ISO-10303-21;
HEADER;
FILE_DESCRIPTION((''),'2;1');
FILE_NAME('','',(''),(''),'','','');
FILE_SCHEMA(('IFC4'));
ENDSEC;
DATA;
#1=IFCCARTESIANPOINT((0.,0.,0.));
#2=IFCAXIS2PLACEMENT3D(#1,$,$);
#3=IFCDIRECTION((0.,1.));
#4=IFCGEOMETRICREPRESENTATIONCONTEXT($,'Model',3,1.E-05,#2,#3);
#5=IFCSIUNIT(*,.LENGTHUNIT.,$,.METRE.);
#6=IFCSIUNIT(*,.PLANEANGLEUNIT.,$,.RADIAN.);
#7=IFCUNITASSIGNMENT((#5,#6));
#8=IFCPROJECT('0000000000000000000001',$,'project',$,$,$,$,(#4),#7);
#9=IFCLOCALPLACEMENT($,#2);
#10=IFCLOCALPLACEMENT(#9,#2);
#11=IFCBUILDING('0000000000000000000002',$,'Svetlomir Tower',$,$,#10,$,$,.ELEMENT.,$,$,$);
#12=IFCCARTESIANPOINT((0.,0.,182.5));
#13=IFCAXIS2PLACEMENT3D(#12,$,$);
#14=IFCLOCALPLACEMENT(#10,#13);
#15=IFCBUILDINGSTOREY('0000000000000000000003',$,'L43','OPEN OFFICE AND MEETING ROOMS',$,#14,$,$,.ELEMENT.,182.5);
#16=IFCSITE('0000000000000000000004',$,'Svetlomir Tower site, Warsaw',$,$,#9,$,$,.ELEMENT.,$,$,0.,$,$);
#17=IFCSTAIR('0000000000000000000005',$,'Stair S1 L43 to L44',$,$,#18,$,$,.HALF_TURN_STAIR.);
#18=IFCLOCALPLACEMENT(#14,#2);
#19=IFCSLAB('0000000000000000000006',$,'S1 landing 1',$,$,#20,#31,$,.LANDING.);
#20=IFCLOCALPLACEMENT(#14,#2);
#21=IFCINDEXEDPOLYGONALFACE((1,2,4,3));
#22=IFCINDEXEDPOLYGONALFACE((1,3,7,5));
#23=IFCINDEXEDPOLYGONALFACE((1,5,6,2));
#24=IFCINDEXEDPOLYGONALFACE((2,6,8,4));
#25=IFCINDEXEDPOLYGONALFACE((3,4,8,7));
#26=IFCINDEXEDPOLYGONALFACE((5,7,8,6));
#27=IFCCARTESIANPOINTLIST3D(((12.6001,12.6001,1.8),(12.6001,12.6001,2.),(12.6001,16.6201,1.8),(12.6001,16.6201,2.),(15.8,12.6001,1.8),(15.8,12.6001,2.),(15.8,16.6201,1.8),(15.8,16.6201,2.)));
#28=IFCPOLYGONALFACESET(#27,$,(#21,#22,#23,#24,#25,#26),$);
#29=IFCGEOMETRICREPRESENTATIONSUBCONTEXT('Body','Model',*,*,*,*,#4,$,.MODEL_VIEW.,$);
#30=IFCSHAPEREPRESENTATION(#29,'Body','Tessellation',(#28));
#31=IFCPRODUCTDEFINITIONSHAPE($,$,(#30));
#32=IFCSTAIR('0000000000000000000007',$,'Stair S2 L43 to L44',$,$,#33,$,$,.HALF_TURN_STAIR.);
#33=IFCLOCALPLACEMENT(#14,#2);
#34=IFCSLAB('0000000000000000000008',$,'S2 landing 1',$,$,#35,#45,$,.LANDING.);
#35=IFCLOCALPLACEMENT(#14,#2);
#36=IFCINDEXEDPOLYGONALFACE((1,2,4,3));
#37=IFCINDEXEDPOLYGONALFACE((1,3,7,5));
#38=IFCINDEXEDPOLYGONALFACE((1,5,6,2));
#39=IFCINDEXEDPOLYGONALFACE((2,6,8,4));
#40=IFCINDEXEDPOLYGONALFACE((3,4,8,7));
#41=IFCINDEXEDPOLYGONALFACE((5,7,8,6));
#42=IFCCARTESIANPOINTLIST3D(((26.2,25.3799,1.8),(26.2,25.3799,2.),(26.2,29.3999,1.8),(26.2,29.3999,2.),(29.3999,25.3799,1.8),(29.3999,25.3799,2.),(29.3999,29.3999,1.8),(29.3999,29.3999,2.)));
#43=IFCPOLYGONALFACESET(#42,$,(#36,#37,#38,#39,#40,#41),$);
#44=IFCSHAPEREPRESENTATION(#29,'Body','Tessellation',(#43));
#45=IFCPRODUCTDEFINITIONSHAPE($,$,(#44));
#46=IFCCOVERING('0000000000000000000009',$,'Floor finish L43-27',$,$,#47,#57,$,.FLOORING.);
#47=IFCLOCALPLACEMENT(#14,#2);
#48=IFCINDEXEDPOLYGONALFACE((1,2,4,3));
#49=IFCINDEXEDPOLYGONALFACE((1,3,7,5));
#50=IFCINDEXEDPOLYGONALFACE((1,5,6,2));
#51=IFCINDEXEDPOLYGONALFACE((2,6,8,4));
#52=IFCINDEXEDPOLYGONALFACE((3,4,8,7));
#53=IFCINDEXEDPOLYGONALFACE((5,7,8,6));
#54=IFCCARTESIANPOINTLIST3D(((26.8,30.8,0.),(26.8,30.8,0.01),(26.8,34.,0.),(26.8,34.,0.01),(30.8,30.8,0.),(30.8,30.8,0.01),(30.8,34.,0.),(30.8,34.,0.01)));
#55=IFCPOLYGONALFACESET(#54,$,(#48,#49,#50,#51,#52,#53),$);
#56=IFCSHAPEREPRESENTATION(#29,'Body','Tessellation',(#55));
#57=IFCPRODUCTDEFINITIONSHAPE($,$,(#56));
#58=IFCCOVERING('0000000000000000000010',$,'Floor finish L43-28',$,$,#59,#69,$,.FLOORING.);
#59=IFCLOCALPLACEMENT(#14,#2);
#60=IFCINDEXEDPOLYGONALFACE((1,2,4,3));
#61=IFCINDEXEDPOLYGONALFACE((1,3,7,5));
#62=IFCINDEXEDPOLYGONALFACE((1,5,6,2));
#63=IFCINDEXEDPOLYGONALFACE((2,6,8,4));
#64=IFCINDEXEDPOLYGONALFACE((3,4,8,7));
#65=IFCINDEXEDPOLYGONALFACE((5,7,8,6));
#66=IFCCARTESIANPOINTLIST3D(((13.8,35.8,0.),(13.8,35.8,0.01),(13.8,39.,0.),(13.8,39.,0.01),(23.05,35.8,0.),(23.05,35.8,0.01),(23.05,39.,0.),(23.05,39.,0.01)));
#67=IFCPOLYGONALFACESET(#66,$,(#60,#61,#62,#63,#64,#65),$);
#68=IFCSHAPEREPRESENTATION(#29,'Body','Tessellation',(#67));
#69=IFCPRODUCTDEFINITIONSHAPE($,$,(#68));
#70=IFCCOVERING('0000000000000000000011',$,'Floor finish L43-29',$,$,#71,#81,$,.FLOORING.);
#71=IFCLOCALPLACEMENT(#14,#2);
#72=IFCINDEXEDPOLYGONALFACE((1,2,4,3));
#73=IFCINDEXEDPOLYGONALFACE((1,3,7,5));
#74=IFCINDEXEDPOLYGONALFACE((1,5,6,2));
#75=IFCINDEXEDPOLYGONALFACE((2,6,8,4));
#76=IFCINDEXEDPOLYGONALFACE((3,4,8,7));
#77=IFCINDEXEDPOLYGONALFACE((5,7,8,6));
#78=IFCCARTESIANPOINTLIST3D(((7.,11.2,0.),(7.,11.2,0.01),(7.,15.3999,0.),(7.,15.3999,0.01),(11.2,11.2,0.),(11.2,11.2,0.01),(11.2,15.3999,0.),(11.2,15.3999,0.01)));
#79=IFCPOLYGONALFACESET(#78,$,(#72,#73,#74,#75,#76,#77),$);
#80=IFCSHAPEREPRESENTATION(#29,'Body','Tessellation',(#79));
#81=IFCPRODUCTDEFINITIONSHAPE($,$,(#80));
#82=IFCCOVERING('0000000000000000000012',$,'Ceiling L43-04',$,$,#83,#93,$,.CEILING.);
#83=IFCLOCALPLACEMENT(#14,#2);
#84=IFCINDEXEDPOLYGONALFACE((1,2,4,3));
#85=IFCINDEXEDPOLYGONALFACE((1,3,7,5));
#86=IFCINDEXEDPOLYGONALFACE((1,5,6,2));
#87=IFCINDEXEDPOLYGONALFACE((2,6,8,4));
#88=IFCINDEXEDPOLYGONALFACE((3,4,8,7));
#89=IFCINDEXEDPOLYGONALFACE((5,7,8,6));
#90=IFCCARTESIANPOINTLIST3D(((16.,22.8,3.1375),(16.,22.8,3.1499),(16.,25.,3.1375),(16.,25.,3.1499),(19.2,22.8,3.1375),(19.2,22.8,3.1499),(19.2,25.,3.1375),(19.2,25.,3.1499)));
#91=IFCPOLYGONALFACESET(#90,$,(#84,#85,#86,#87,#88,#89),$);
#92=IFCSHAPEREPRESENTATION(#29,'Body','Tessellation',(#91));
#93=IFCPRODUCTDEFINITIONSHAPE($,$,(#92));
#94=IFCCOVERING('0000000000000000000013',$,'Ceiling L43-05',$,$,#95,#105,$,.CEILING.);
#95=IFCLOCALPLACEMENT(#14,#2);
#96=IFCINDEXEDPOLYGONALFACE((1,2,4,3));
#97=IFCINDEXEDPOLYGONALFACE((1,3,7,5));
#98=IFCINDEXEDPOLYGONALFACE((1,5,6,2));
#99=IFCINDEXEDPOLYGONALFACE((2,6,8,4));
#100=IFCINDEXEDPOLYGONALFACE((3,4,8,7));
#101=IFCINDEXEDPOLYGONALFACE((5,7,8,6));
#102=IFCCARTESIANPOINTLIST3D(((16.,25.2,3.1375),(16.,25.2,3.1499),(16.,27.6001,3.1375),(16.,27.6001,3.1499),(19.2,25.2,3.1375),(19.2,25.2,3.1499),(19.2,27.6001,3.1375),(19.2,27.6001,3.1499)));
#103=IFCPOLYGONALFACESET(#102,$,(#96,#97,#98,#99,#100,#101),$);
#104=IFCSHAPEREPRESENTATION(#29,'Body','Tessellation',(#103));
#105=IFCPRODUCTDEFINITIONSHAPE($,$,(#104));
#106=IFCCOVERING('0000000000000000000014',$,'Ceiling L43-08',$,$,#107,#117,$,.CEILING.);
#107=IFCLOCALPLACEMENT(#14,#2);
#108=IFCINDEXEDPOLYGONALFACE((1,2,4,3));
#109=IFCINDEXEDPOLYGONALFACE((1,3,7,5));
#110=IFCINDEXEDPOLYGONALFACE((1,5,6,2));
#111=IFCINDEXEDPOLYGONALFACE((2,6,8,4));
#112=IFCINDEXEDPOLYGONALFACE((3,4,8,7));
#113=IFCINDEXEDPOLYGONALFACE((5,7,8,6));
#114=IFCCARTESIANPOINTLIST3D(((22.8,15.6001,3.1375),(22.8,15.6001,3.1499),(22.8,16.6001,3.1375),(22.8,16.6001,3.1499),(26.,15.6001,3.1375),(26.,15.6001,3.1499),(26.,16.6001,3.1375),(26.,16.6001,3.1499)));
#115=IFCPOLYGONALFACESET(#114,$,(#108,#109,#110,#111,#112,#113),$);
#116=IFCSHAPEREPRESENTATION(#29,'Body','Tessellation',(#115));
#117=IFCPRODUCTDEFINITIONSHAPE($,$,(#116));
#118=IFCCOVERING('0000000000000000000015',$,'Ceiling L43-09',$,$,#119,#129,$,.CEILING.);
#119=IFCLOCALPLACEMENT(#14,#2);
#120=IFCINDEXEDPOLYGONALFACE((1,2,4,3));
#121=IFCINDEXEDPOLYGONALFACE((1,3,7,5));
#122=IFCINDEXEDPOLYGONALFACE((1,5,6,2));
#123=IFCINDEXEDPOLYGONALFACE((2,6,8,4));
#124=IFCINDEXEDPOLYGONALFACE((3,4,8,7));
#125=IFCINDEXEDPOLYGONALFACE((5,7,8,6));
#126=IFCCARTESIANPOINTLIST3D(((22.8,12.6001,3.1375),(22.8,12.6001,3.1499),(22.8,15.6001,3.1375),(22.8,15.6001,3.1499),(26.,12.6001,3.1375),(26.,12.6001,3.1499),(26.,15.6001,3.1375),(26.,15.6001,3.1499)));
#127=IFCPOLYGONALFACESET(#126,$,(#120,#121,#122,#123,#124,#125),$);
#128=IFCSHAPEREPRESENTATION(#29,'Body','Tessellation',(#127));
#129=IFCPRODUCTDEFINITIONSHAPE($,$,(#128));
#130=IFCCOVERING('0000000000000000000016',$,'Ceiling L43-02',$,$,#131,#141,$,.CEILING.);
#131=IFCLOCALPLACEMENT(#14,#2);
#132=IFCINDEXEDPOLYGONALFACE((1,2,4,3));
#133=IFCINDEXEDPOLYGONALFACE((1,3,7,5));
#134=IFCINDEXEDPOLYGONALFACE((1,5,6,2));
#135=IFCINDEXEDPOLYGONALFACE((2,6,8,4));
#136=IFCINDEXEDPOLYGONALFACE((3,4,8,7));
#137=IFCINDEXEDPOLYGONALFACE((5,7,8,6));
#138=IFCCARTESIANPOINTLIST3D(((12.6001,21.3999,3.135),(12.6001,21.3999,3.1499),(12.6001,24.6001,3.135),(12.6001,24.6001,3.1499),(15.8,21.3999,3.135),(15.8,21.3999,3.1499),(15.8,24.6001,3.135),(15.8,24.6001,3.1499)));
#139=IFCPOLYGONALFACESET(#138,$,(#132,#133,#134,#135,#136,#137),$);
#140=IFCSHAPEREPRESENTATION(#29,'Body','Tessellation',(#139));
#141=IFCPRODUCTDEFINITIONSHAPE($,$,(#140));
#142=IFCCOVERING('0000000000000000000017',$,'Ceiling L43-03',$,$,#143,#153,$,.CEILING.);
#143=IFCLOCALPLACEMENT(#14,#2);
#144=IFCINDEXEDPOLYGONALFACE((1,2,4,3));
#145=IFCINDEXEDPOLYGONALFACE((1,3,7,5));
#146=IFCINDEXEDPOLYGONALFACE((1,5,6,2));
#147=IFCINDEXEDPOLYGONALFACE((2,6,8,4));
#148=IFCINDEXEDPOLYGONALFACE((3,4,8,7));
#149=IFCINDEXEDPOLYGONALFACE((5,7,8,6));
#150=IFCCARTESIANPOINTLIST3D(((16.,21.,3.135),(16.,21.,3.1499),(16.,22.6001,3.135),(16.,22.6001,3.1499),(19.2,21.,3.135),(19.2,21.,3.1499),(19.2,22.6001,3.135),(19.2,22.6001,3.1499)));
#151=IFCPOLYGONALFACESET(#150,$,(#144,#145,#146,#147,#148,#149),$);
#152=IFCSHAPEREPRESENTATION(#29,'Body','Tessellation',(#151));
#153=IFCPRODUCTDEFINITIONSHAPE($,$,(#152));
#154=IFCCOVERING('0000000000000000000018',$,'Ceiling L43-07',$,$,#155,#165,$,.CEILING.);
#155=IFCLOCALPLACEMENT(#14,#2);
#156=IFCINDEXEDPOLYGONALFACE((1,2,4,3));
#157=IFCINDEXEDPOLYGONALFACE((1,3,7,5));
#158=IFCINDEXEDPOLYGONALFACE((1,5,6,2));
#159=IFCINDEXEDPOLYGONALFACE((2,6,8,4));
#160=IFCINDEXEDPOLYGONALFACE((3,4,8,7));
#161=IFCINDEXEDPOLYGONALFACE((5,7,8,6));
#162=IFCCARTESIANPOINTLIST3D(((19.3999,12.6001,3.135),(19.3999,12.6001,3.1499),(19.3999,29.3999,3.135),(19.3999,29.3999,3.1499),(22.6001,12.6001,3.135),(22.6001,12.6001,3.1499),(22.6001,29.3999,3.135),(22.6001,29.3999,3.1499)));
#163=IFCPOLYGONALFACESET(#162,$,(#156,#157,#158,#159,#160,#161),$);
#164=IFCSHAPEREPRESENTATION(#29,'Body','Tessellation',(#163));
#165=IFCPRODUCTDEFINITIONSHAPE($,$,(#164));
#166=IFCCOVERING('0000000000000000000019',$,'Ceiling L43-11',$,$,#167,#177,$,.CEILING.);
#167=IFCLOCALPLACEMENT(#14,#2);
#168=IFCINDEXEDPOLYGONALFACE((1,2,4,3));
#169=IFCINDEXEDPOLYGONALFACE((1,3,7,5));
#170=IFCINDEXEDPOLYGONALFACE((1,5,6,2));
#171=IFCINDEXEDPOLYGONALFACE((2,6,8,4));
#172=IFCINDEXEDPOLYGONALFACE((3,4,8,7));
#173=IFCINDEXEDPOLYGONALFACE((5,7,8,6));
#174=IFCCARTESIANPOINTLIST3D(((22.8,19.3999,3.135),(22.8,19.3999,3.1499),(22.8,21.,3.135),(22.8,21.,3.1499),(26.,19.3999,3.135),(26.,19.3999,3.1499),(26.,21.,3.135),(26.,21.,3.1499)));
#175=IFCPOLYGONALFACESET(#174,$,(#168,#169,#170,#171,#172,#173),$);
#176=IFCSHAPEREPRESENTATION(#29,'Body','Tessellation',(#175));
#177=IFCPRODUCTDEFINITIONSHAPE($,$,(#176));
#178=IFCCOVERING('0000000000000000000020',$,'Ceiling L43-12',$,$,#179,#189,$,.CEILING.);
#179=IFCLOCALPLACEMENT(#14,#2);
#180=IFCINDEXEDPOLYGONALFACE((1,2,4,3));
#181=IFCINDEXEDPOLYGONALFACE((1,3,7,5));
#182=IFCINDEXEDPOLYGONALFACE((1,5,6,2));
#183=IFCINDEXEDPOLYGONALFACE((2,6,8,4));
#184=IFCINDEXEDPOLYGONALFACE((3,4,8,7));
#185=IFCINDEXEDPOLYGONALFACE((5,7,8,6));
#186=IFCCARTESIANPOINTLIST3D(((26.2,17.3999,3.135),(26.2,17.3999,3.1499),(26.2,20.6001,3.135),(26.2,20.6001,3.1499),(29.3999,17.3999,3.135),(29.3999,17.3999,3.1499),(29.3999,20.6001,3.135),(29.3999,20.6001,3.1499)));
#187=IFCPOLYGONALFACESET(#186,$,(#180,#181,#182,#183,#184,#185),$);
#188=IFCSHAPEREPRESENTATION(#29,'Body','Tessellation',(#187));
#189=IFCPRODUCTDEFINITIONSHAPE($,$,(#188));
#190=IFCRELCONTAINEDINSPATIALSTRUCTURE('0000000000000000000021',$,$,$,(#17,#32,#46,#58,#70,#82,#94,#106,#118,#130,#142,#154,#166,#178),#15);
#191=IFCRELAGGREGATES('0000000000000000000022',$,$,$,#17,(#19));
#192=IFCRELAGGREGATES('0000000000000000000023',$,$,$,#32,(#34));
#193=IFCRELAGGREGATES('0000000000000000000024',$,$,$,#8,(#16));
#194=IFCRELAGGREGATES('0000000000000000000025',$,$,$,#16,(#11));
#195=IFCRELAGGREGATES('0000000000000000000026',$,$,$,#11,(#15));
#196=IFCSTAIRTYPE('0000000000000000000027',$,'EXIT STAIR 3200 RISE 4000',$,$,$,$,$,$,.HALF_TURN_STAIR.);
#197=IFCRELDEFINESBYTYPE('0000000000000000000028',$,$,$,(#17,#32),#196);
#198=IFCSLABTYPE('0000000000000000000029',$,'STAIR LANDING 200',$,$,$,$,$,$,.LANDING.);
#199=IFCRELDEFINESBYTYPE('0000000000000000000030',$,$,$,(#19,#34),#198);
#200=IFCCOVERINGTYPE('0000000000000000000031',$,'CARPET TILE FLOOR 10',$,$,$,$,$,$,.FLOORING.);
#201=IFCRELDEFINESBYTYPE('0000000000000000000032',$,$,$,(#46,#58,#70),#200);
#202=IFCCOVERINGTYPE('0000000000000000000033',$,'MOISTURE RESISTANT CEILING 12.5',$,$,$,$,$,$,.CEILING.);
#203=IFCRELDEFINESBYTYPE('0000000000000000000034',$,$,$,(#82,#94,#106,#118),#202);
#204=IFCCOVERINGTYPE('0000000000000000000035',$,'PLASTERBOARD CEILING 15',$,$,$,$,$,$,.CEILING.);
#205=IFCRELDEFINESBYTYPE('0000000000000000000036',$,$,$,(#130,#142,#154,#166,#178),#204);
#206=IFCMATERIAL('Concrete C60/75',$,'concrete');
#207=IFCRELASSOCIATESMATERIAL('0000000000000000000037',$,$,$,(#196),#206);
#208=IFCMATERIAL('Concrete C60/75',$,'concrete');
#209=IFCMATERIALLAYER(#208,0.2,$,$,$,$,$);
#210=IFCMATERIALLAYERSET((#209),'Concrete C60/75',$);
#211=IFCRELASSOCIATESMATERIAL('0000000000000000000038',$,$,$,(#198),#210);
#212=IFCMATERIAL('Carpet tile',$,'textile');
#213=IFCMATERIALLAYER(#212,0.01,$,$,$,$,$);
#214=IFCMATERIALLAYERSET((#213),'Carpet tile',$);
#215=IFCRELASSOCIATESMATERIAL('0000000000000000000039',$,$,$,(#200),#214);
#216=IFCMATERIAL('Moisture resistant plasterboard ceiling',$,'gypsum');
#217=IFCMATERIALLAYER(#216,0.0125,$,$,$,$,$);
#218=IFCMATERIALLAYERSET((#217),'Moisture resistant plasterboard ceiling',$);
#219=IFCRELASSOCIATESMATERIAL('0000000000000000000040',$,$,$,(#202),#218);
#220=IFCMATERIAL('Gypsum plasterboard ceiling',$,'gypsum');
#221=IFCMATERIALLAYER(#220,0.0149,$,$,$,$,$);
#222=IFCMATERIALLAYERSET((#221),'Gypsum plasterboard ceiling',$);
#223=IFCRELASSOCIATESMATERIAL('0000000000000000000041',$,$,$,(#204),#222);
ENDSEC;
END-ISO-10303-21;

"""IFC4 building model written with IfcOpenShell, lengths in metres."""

from ifc_helpers import new_model, si_unit, direction, frame, origin, place, context, subcontext, project, spatial, polyline, outline, extrude, material, layer, layer_set, type_object, element, aggregate, save


model = new_model("IFC4")

# Units and contexts
model_context = context("Model", 3, precision=1e-05, world=origin(), true_north=direction((0.0, 1.0)))
body_context = subcontext(model_context, "Body", "Model", "MODEL_VIEW")
ifc_project = project(units=[si_unit("LENGTHUNIT", "METRE"), si_unit("PLANEANGLEUNIT", "RADIAN")], contexts=[model_context])

# Site, building, storey
site_placement = place(None, origin())
site = spatial("IfcSite", under=ifc_project, at=site_placement, Name="Svetlomir Tower site, Warsaw", CompositionType="ELEMENT", RefElevation=0.0)
building_placement = place(site_placement, origin())
building = spatial("IfcBuilding", under=site, at=building_placement, Name="Svetlomir Tower", CompositionType="ELEMENT")
storey_placement = place(building_placement, frame((0.0, 0.0, 182.5)))
storey = spatial("IfcBuildingStorey", under=building, at=storey_placement, Name="L43", Description="OPEN OFFICE AND MEETING ROOMS", CompositionType="ELEMENT", Elevation=182.5)

# Stairs, slabs
ifc_material_1 = material(Name="Concrete C60/75", Category="concrete")
stair_type = type_object("IfcStairType", Name="EXIT STAIR 3200 RISE 4000", PredefinedType="HALF_TURN_STAIR", material=ifc_material_1)
stair_1_placement = place(storey_placement, origin())
stair_1 = element("IfcStair", 1, at=stair_1_placement, inside=storey, type_object=stair_type, Name="Stair S1 L43 to L44", PredefinedType="HALF_TURN_STAIR")
ifc_material_2 = material(Name="Concrete C60/75", Category="concrete")
ifc_layer_1 = layer(ifc_material_2, 0.2)
ifc_layer_set_1 = layer_set([ifc_layer_1], Name="Concrete C60/75")
slab_type = type_object("IfcSlabType", Name="STAIR LANDING 200", PredefinedType="LANDING", material=ifc_layer_set_1)
slab_1_placement = place(storey_placement, frame((0.0, 0.0, 1.8)))
slab_1 = element("IfcSlab", 2, at=slab_1_placement, type_object=slab_type, Name="S1 landing 1", PredefinedType="LANDING", context=body_context, shape_type="SweptSolid", body=[
    extrude(outline(polyline([(12.6001, 12.6001), (15.8, 12.6001), (15.8, 16.6201), (12.6001, 16.6201), (12.6001, 12.6001)])), origin(), (0.0, 0.0, 1.0), 0.2),
])
aggregate(stair_1, [slab_1])
stair_2_placement = place(storey_placement, origin())
stair_2 = element("IfcStair", 3, at=stair_2_placement, inside=storey, type_object=stair_type, Name="Stair S2 L43 to L44", PredefinedType="HALF_TURN_STAIR")
slab_2_placement = place(storey_placement, frame((0.0, 0.0, 1.8)))
slab_2 = element("IfcSlab", 4, at=slab_2_placement, type_object=slab_type, Name="S2 landing 1", PredefinedType="LANDING", context=body_context, shape_type="SweptSolid", body=[
    extrude(outline(polyline([(26.2, 25.3799), (29.3999, 25.3799), (29.3999, 29.3999), (26.2, 29.3999), (26.2, 25.3799)])), origin(), (0.0, 0.0, 1.0), 0.2),
])
aggregate(stair_2, [slab_2])

# Coverings
ifc_material_3 = material(Name="Carpet tile", Category="textile")
ifc_layer_2 = layer(ifc_material_3, 0.01)
ifc_layer_set_2 = layer_set([ifc_layer_2], Name="Carpet tile")
covering_type_1 = type_object("IfcCoveringType", Name="CARPET TILE FLOOR 10", PredefinedType="FLOORING", material=ifc_layer_set_2)
covering_1_placement = place(storey_placement, origin())
element("IfcCovering", 5, at=covering_1_placement, inside=storey, type_object=covering_type_1, Name="Floor finish L43-27", PredefinedType="FLOORING", context=body_context, shape_type="SweptSolid", body=[
    extrude(outline(polyline([(26.8, 30.8), (30.8, 30.8), (30.8, 34.0), (26.8, 34.0), (26.8, 30.8)])), origin(), (0.0, 0.0, 1.0), 0.01),
])
covering_2_placement = place(storey_placement, origin())
element("IfcCovering", 6, at=covering_2_placement, inside=storey, type_object=covering_type_1, Name="Floor finish L43-28", PredefinedType="FLOORING", context=body_context, shape_type="SweptSolid", body=[
    extrude(outline(polyline([(13.8, 35.8), (23.05, 35.8), (23.05, 39.0), (13.8, 39.0), (13.8, 35.8)])), origin(), (0.0, 0.0, 1.0), 0.01),
])
covering_3_placement = place(storey_placement, origin())
element("IfcCovering", 7, at=covering_3_placement, inside=storey, type_object=covering_type_1, Name="Floor finish L43-29", PredefinedType="FLOORING", context=body_context, shape_type="SweptSolid", body=[
    extrude(outline(polyline([(7.0, 11.2), (11.2, 11.2), (11.2, 15.3999), (7.0, 15.3999), (7.0, 11.2)])), origin(), (0.0, 0.0, 1.0), 0.01),
])
ifc_material_4 = material(Name="Moisture resistant plasterboard ceiling", Category="gypsum")
ifc_layer_3 = layer(ifc_material_4, 0.0125)
ifc_layer_set_3 = layer_set([ifc_layer_3], Name="Moisture resistant plasterboard ceiling")
covering_type_2 = type_object("IfcCoveringType", Name="MOISTURE RESISTANT CEILING 12.5", PredefinedType="CEILING", material=ifc_layer_set_3)
covering_4_placement = place(storey_placement, frame((0.0, 0.0, 3.1375)))
element("IfcCovering", 8, at=covering_4_placement, inside=storey, type_object=covering_type_2, Name="Ceiling L43-04", PredefinedType="CEILING", context=body_context, shape_type="SweptSolid", body=[
    extrude(outline(polyline([(16.0, 22.8), (19.2, 22.8), (19.2, 25.0), (16.0, 25.0), (16.0, 22.8)])), origin(), (0.0, 0.0, 1.0), 0.0125),
])
covering_5_placement = place(storey_placement, frame((0.0, 0.0, 3.1375)))
element("IfcCovering", 9, at=covering_5_placement, inside=storey, type_object=covering_type_2, Name="Ceiling L43-05", PredefinedType="CEILING", context=body_context, shape_type="SweptSolid", body=[
    extrude(outline(polyline([(16.0, 25.2), (19.2, 25.2), (19.2, 27.6001), (16.0, 27.6001), (16.0, 25.2)])), origin(), (0.0, 0.0, 1.0), 0.0125),
])
covering_6_placement = place(storey_placement, frame((0.0, 0.0, 3.1375)))
element("IfcCovering", 10, at=covering_6_placement, inside=storey, type_object=covering_type_2, Name="Ceiling L43-08", PredefinedType="CEILING", context=body_context, shape_type="SweptSolid", body=[
    extrude(outline(polyline([(22.8, 15.6001), (26.0, 15.6001), (26.0, 16.6001), (22.8, 16.6001), (22.8, 15.6001)])), origin(), (0.0, 0.0, 1.0), 0.0125),
])
covering_7_placement = place(storey_placement, frame((0.0, 0.0, 3.1375)))
element("IfcCovering", 11, at=covering_7_placement, inside=storey, type_object=covering_type_2, Name="Ceiling L43-09", PredefinedType="CEILING", context=body_context, shape_type="SweptSolid", body=[
    extrude(outline(polyline([(22.8, 12.6001), (26.0, 12.6001), (26.0, 15.6001), (22.8, 15.6001), (22.8, 12.6001)])), origin(), (0.0, 0.0, 1.0), 0.0125),
])
ifc_material_5 = material(Name="Gypsum plasterboard ceiling", Category="gypsum")
ifc_layer_4 = layer(ifc_material_5, 0.0149)
ifc_layer_set_4 = layer_set([ifc_layer_4], Name="Gypsum plasterboard ceiling")
covering_type_3 = type_object("IfcCoveringType", Name="PLASTERBOARD CEILING 15", PredefinedType="CEILING", material=ifc_layer_set_4)
covering_8_placement = place(storey_placement, frame((0.0, 0.0, 3.135)))
element("IfcCovering", 12, at=covering_8_placement, inside=storey, type_object=covering_type_3, Name="Ceiling L43-02", PredefinedType="CEILING", context=body_context, shape_type="SweptSolid", body=[
    extrude(outline(polyline([(12.6001, 21.3999), (15.8, 21.3999), (15.8, 24.6001), (12.6001, 24.6001), (12.6001, 21.3999)])), origin(), (0.0, 0.0, 1.0), 0.0149),
])
covering_9_placement = place(storey_placement, frame((0.0, 0.0, 3.135)))
element("IfcCovering", 13, at=covering_9_placement, inside=storey, type_object=covering_type_3, Name="Ceiling L43-03", PredefinedType="CEILING", context=body_context, shape_type="SweptSolid", body=[
    extrude(outline(polyline([(16.0, 21.0), (19.2, 21.0), (19.2, 22.6001), (16.0, 22.6001), (16.0, 21.0)])), origin(), (0.0, 0.0, 1.0), 0.0149),
])
covering_10_placement = place(storey_placement, frame((0.0, 0.0, 3.135)))
element("IfcCovering", 14, at=covering_10_placement, inside=storey, type_object=covering_type_3, Name="Ceiling L43-07", PredefinedType="CEILING", context=body_context, shape_type="SweptSolid", body=[
    extrude(outline(polyline([(19.3999, 12.6001), (22.6001, 12.6001), (22.6001, 29.3999), (19.3999, 29.3999), (19.3999, 12.6001)])), origin(), (0.0, 0.0, 1.0), 0.0149),
])
covering_11_placement = place(storey_placement, frame((0.0, 0.0, 3.135)))
element("IfcCovering", 15, at=covering_11_placement, inside=storey, type_object=covering_type_3, Name="Ceiling L43-11", PredefinedType="CEILING", context=body_context, shape_type="SweptSolid", body=[
    extrude(outline(polyline([(22.8, 19.3999), (26.0, 19.3999), (26.0, 21.0), (22.8, 21.0), (22.8, 19.3999)])), origin(), (0.0, 0.0, 1.0), 0.0149),
])
covering_12_placement = place(storey_placement, frame((0.0, 0.0, 3.135)))
element("IfcCovering", 16, at=covering_12_placement, inside=storey, type_object=covering_type_3, Name="Ceiling L43-12", PredefinedType="CEILING", context=body_context, shape_type="SweptSolid", body=[
    extrude(outline(polyline([(26.2, 17.3999), (29.3999, 17.3999), (29.3999, 20.6001), (26.2, 20.6001), (26.2, 17.3999)])), origin(), (0.0, 0.0, 1.0), 0.0149),
])

save(model, "model.ifc")
